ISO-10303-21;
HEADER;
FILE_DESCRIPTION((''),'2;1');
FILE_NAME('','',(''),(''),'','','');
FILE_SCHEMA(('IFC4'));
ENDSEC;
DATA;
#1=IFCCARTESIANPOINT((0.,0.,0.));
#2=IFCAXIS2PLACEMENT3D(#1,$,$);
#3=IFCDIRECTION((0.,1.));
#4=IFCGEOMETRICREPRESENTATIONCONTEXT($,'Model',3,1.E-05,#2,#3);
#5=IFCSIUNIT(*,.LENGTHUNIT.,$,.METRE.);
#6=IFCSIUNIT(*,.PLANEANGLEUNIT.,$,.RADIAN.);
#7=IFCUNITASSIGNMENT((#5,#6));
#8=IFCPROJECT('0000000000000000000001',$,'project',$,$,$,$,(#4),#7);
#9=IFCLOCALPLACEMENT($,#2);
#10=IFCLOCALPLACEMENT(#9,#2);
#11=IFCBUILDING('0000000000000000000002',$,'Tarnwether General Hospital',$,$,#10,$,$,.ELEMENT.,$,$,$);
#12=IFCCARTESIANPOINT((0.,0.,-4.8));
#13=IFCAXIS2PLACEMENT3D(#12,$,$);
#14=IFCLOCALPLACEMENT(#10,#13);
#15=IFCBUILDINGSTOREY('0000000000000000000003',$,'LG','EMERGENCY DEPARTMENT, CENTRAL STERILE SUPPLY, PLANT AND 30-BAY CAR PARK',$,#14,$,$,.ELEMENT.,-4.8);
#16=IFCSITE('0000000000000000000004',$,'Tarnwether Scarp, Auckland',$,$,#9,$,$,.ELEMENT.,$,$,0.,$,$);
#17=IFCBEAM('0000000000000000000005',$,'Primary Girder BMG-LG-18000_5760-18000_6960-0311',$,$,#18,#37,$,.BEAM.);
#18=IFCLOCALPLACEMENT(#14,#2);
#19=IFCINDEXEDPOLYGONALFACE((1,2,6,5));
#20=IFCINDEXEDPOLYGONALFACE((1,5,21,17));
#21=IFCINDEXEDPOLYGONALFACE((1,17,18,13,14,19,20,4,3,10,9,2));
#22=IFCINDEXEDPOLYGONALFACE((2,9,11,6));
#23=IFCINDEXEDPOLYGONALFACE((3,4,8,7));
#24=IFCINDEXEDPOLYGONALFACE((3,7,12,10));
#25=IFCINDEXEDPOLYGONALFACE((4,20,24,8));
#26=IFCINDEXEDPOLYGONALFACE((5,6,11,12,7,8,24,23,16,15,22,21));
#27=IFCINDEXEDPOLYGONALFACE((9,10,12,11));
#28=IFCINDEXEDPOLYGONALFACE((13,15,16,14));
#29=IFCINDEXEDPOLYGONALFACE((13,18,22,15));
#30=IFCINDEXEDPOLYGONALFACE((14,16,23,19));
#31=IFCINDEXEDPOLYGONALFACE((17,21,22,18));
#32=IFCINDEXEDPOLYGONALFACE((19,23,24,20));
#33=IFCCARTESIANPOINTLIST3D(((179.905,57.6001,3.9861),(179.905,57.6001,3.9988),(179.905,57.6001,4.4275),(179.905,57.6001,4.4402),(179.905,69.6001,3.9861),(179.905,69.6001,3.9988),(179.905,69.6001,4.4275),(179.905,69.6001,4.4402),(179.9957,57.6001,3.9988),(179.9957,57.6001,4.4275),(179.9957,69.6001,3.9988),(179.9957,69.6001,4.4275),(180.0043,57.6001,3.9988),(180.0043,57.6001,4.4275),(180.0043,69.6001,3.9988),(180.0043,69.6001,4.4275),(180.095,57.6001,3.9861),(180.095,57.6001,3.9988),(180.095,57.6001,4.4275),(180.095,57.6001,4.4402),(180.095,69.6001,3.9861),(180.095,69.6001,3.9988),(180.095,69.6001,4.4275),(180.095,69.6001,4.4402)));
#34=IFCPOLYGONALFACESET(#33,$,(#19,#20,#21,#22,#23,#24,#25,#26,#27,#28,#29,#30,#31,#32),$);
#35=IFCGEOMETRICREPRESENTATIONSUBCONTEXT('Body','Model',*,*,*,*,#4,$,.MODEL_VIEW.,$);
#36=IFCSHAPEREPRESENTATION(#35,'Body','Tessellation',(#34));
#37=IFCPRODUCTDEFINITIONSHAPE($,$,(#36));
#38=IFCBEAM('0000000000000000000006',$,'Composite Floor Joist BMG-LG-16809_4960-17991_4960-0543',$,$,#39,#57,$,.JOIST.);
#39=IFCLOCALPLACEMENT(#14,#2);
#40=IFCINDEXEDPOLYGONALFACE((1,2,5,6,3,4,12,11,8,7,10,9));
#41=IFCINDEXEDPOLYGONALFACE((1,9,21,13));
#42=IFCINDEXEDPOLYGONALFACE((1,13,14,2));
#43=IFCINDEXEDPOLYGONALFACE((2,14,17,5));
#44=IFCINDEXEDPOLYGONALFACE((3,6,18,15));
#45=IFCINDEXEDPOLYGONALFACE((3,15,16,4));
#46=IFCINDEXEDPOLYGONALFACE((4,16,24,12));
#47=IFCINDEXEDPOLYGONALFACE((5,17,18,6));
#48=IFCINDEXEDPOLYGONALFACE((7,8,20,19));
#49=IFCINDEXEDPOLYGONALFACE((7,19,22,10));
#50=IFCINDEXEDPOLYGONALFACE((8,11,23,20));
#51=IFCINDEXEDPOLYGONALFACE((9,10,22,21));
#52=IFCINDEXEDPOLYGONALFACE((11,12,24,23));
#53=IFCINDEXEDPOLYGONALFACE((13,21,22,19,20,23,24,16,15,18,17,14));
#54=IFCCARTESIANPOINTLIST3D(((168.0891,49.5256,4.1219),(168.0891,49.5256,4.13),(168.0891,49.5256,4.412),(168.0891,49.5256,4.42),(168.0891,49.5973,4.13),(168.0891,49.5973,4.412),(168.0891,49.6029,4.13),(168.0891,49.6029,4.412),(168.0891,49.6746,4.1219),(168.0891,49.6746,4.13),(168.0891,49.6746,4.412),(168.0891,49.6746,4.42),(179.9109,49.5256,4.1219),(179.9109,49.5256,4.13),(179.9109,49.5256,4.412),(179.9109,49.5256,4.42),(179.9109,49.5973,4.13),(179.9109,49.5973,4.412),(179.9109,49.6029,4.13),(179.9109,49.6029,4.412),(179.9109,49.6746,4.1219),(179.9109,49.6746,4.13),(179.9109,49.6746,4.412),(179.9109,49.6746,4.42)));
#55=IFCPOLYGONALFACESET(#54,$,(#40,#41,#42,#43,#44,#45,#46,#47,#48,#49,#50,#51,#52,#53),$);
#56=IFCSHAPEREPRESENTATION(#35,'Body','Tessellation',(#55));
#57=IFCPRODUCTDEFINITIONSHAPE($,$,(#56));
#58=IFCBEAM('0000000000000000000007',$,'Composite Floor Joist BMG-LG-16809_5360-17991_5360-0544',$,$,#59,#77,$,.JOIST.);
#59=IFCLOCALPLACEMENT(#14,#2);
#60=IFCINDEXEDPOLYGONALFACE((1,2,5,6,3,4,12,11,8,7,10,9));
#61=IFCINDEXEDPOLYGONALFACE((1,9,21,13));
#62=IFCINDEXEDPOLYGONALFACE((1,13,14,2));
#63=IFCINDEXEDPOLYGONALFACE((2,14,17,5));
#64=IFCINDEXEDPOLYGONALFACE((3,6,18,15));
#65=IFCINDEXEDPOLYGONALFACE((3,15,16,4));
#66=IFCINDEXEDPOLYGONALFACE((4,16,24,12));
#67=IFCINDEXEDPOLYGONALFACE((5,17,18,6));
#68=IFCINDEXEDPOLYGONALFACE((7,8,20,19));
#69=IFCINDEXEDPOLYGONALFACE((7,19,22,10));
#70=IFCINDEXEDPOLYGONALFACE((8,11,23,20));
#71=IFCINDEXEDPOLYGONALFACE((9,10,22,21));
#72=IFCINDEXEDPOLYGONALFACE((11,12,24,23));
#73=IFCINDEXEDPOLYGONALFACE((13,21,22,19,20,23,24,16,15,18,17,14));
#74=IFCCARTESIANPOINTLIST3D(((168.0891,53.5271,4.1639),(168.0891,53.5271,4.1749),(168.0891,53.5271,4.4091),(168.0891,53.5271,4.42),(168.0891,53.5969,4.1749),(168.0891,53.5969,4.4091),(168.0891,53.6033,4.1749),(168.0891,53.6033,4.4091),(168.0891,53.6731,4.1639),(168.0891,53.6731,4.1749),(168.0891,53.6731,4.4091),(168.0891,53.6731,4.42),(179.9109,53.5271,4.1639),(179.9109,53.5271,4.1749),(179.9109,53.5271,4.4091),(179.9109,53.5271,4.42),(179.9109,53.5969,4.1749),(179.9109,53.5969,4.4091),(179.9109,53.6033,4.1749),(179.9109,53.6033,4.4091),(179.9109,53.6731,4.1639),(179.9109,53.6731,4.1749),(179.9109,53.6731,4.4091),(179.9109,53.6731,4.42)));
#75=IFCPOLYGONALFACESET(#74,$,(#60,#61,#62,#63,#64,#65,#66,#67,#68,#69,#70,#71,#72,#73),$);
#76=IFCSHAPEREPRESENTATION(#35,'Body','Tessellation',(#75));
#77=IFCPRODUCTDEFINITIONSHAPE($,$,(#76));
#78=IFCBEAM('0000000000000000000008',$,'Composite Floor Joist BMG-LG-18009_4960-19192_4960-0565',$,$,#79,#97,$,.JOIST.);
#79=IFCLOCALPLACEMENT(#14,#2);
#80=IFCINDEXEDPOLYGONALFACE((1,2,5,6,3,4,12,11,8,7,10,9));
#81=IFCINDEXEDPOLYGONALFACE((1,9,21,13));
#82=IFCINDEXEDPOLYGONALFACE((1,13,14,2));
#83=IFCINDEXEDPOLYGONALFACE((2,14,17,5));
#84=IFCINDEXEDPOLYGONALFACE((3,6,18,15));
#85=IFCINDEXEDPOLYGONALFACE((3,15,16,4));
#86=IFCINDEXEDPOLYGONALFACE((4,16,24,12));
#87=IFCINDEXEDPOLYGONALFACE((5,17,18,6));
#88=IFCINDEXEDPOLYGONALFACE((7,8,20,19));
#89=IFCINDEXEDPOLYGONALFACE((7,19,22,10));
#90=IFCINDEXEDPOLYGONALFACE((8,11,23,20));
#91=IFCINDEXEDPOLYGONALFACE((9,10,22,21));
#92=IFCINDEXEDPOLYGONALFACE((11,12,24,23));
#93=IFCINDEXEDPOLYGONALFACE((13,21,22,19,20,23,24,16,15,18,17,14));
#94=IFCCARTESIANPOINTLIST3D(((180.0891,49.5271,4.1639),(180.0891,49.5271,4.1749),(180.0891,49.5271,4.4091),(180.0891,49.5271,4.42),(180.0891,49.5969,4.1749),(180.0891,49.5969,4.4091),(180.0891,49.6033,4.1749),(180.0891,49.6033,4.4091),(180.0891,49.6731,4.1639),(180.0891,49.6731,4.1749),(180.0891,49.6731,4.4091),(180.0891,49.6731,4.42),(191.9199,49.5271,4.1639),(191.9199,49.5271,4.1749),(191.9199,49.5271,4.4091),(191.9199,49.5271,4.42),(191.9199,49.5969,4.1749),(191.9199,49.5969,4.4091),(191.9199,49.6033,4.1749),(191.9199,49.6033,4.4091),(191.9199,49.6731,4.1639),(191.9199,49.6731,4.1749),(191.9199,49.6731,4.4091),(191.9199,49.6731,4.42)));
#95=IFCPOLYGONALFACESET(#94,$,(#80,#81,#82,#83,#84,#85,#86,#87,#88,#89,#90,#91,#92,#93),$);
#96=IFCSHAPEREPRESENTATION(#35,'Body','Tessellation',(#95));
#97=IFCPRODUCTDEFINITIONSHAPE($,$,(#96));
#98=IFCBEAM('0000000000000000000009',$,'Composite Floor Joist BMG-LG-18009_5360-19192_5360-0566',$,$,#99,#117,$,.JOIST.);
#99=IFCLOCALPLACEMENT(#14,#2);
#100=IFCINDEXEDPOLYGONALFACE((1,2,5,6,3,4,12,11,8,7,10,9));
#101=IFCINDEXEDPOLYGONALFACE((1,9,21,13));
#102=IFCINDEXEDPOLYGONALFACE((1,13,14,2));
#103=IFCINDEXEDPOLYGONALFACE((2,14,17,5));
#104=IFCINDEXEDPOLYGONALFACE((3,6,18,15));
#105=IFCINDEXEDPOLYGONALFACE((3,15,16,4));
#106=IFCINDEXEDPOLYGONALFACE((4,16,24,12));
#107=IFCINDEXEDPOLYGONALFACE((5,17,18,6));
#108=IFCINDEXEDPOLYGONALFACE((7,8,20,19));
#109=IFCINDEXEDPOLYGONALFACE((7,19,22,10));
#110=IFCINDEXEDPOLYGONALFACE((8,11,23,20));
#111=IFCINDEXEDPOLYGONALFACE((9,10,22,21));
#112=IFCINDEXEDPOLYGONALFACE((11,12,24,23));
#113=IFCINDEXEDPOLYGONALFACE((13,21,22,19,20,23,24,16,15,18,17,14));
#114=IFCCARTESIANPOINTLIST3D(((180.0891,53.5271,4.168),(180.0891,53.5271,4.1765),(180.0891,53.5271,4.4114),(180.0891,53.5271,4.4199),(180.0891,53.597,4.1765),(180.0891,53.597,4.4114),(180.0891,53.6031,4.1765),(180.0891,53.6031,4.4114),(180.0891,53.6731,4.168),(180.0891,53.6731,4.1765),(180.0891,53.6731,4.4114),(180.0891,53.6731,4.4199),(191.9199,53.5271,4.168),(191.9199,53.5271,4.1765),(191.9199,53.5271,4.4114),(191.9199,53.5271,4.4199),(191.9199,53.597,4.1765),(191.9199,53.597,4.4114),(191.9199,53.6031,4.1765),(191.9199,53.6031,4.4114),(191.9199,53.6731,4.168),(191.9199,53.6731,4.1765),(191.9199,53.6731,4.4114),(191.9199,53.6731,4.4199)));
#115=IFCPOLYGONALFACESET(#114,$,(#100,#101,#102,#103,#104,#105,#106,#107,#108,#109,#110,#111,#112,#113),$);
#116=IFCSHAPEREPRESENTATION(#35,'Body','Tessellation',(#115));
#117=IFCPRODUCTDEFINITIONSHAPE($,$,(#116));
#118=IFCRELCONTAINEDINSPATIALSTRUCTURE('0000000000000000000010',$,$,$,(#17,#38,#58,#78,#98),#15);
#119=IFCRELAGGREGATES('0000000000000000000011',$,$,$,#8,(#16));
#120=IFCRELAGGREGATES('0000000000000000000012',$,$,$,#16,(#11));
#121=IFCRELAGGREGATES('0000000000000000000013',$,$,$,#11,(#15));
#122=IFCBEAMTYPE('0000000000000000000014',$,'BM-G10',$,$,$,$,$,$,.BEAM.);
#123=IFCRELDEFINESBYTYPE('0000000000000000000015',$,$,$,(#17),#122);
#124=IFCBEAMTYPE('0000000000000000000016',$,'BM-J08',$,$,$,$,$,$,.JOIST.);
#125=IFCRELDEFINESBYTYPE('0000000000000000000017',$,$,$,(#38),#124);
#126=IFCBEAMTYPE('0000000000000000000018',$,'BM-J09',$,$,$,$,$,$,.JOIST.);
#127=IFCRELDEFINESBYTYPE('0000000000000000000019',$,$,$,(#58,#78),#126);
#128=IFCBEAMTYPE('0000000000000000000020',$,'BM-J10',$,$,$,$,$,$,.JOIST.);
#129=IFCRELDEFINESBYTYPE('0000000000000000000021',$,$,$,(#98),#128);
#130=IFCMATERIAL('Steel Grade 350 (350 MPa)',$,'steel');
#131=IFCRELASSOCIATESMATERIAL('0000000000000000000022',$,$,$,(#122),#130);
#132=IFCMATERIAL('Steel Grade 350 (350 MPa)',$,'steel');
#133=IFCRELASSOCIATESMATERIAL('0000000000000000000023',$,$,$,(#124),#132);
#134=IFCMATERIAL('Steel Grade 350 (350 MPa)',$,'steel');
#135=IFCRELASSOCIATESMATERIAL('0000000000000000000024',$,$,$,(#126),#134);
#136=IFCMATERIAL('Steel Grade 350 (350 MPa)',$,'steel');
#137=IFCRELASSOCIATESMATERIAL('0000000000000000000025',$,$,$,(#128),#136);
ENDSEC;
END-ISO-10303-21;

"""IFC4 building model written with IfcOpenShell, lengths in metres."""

from ifc_helpers import new_model, si_unit, direction, frame, origin, origin_2d, place, context, subcontext, project, spatial, i_section, extrude, material, material_profile, profile_set, type_object, element, save


model = new_model("IFC4")

# Units and contexts
model_context = context("Model", 3, precision=1e-05, world=origin(), true_north=direction((0.0, 1.0)))
body_context = subcontext(model_context, "Body", "Model", "MODEL_VIEW")
ifc_project = project(units=[si_unit("LENGTHUNIT", "METRE"), si_unit("PLANEANGLEUNIT", "RADIAN")], contexts=[model_context])

# Site, building, storey
site_placement = place(None, origin())
site = spatial("IfcSite", under=ifc_project, at=site_placement, Name="Tarnwether Scarp, Auckland", CompositionType="ELEMENT", RefElevation=0.0)
building_placement = place(site_placement, origin())
building = spatial("IfcBuilding", under=site, at=building_placement, Name="Tarnwether General Hospital", CompositionType="ELEMENT")
storey_placement = place(building_placement, frame((0.0, 0.0, -4.8)))
storey = spatial("IfcBuildingStorey", under=building, at=storey_placement, Name="LG", Description="EMERGENCY DEPARTMENT, CENTRAL STERILE SUPPLY, PLANT AND 30-BAY CAR PARK", CompositionType="ELEMENT", Elevation=-4.8)

# Beams
ifc_material_1 = material(Name="Steel Grade 350 (350 MPa)", Category="steel")
ifc_material_profile_1 = material_profile(ifc_material_1, i_section(OverallWidth=0.1899, OverallDepth=0.4541, WebThickness=0.0085, FlangeThickness=0.0127, at=origin_2d()), Name="460UB67.1")
ifc_profile_set_1 = profile_set([ifc_material_profile_1], Name="Steel Grade 350 (350 MPa)")
beam_type_1 = type_object("IfcBeamType", Name="BM-G10", PredefinedType="BEAM", material=ifc_profile_set_1)
beam_1_placement = place(storey_placement, frame((180.0, 57.6001, 4.2131), z_axis=(0.0, 1.0, 0.0), x_axis=(-1.0, 0.0, 0.0)))
element("IfcBeam", 1, at=beam_1_placement, inside=storey, type_object=beam_type_1, Name="Primary Girder BMG-LG-18000_5760-18000_6960-0311", PredefinedType="BEAM", context=body_context, shape_type="SweptSolid", body=[
    extrude(i_section(OverallWidth=0.1899, OverallDepth=0.4541, WebThickness=0.0085, FlangeThickness=0.0127, at=origin_2d()), origin(), (0.0, 0.0, 1.0), 12.0),
])
ifc_material_2 = material(Name="Steel Grade 350 (350 MPa)", Category="steel")
ifc_material_profile_2 = material_profile(ifc_material_2, i_section(OverallWidth=0.1489, OverallDepth=0.2981, WebThickness=0.0056, FlangeThickness=0.0081, at=origin_2d()), Name="310UB32.0")
ifc_profile_set_2 = profile_set([ifc_material_profile_2], Name="Steel Grade 350 (350 MPa)")
beam_type_2 = type_object("IfcBeamType", Name="BM-J08", PredefinedType="JOIST", material=ifc_profile_set_2)
beam_2_placement = place(storey_placement, frame((168.0891, 49.6001, 4.271), z_axis=(1.0, 0.0, 0.0), x_axis=(0.0, 1.0, 0.0)))
element("IfcBeam", 2, at=beam_2_placement, inside=storey, type_object=beam_type_2, Name="Composite Floor Joist BMG-LG-16809_4960-17991_4960-0543", PredefinedType="JOIST", context=body_context, shape_type="SweptSolid", body=[
    extrude(i_section(OverallWidth=0.1489, OverallDepth=0.2981, WebThickness=0.0056, FlangeThickness=0.0081, at=origin_2d()), origin(), (0.0, 0.0, 1.0), 11.8218),
])
ifc_material_3 = material(Name="Steel Grade 350 (350 MPa)", Category="steel")
ifc_material_profile_3 = material_profile(ifc_material_3, i_section(OverallWidth=0.146, OverallDepth=0.2561, WebThickness=0.0063, FlangeThickness=0.011, at=origin_2d()), Name="250UB37.3")
ifc_profile_set_3 = profile_set([ifc_material_profile_3], Name="Steel Grade 350 (350 MPa)")
beam_type_3 = type_object("IfcBeamType", Name="BM-J09", PredefinedType="JOIST", material=ifc_profile_set_3)
beam_3_placement = place(storey_placement, frame((168.0891, 53.6001, 4.292), z_axis=(1.0, 0.0, 0.0), x_axis=(0.0, 1.0, 0.0)))
element("IfcBeam", 3, at=beam_3_placement, inside=storey, type_object=beam_type_3, Name="Composite Floor Joist BMG-LG-16809_5360-17991_5360-0544", PredefinedType="JOIST", context=body_context, shape_type="SweptSolid", body=[
    extrude(i_section(OverallWidth=0.146, OverallDepth=0.2561, WebThickness=0.0063, FlangeThickness=0.011, at=origin_2d()), origin(), (0.0, 0.0, 1.0), 11.8218),
])
beam_4_placement = place(storey_placement, frame((180.0891, 49.6001, 4.292), z_axis=(1.0, 0.0, 0.0), x_axis=(0.0, 1.0, 0.0)))
element("IfcBeam", 4, at=beam_4_placement, inside=storey, type_object=beam_type_3, Name="Composite Floor Joist BMG-LG-18009_4960-19192_4960-0565", PredefinedType="JOIST", context=body_context, shape_type="SweptSolid", body=[
    extrude(i_section(OverallWidth=0.146, OverallDepth=0.2561, WebThickness=0.0063, FlangeThickness=0.011, at=origin_2d()), origin(), (0.0, 0.0, 1.0), 11.8308),
])
ifc_material_4 = material(Name="Steel Grade 350 (350 MPa)", Category="steel")
ifc_material_profile_4 = material_profile(ifc_material_4, i_section(OverallWidth=0.146, OverallDepth=0.252, WebThickness=0.0061, FlangeThickness=0.0085, at=origin_2d()), Name="250UB31.4")
ifc_profile_set_4 = profile_set([ifc_material_profile_4], Name="Steel Grade 350 (350 MPa)")
beam_type_4 = type_object("IfcBeamType", Name="BM-J10", PredefinedType="JOIST", material=ifc_profile_set_4)
beam_5_placement = place(storey_placement, frame((180.0891, 53.6001, 4.2939), z_axis=(1.0, 0.0, 0.0), x_axis=(0.0, 1.0, 0.0)))
element("IfcBeam", 5, at=beam_5_placement, inside=storey, type_object=beam_type_4, Name="Composite Floor Joist BMG-LG-18009_5360-19192_5360-0566", PredefinedType="JOIST", context=body_context, shape_type="SweptSolid", body=[
    extrude(i_section(OverallWidth=0.146, OverallDepth=0.252, WebThickness=0.0061, FlangeThickness=0.0085, at=origin_2d()), origin(), (0.0, 0.0, 1.0), 11.8308),
])

save(model, "model.ifc")
